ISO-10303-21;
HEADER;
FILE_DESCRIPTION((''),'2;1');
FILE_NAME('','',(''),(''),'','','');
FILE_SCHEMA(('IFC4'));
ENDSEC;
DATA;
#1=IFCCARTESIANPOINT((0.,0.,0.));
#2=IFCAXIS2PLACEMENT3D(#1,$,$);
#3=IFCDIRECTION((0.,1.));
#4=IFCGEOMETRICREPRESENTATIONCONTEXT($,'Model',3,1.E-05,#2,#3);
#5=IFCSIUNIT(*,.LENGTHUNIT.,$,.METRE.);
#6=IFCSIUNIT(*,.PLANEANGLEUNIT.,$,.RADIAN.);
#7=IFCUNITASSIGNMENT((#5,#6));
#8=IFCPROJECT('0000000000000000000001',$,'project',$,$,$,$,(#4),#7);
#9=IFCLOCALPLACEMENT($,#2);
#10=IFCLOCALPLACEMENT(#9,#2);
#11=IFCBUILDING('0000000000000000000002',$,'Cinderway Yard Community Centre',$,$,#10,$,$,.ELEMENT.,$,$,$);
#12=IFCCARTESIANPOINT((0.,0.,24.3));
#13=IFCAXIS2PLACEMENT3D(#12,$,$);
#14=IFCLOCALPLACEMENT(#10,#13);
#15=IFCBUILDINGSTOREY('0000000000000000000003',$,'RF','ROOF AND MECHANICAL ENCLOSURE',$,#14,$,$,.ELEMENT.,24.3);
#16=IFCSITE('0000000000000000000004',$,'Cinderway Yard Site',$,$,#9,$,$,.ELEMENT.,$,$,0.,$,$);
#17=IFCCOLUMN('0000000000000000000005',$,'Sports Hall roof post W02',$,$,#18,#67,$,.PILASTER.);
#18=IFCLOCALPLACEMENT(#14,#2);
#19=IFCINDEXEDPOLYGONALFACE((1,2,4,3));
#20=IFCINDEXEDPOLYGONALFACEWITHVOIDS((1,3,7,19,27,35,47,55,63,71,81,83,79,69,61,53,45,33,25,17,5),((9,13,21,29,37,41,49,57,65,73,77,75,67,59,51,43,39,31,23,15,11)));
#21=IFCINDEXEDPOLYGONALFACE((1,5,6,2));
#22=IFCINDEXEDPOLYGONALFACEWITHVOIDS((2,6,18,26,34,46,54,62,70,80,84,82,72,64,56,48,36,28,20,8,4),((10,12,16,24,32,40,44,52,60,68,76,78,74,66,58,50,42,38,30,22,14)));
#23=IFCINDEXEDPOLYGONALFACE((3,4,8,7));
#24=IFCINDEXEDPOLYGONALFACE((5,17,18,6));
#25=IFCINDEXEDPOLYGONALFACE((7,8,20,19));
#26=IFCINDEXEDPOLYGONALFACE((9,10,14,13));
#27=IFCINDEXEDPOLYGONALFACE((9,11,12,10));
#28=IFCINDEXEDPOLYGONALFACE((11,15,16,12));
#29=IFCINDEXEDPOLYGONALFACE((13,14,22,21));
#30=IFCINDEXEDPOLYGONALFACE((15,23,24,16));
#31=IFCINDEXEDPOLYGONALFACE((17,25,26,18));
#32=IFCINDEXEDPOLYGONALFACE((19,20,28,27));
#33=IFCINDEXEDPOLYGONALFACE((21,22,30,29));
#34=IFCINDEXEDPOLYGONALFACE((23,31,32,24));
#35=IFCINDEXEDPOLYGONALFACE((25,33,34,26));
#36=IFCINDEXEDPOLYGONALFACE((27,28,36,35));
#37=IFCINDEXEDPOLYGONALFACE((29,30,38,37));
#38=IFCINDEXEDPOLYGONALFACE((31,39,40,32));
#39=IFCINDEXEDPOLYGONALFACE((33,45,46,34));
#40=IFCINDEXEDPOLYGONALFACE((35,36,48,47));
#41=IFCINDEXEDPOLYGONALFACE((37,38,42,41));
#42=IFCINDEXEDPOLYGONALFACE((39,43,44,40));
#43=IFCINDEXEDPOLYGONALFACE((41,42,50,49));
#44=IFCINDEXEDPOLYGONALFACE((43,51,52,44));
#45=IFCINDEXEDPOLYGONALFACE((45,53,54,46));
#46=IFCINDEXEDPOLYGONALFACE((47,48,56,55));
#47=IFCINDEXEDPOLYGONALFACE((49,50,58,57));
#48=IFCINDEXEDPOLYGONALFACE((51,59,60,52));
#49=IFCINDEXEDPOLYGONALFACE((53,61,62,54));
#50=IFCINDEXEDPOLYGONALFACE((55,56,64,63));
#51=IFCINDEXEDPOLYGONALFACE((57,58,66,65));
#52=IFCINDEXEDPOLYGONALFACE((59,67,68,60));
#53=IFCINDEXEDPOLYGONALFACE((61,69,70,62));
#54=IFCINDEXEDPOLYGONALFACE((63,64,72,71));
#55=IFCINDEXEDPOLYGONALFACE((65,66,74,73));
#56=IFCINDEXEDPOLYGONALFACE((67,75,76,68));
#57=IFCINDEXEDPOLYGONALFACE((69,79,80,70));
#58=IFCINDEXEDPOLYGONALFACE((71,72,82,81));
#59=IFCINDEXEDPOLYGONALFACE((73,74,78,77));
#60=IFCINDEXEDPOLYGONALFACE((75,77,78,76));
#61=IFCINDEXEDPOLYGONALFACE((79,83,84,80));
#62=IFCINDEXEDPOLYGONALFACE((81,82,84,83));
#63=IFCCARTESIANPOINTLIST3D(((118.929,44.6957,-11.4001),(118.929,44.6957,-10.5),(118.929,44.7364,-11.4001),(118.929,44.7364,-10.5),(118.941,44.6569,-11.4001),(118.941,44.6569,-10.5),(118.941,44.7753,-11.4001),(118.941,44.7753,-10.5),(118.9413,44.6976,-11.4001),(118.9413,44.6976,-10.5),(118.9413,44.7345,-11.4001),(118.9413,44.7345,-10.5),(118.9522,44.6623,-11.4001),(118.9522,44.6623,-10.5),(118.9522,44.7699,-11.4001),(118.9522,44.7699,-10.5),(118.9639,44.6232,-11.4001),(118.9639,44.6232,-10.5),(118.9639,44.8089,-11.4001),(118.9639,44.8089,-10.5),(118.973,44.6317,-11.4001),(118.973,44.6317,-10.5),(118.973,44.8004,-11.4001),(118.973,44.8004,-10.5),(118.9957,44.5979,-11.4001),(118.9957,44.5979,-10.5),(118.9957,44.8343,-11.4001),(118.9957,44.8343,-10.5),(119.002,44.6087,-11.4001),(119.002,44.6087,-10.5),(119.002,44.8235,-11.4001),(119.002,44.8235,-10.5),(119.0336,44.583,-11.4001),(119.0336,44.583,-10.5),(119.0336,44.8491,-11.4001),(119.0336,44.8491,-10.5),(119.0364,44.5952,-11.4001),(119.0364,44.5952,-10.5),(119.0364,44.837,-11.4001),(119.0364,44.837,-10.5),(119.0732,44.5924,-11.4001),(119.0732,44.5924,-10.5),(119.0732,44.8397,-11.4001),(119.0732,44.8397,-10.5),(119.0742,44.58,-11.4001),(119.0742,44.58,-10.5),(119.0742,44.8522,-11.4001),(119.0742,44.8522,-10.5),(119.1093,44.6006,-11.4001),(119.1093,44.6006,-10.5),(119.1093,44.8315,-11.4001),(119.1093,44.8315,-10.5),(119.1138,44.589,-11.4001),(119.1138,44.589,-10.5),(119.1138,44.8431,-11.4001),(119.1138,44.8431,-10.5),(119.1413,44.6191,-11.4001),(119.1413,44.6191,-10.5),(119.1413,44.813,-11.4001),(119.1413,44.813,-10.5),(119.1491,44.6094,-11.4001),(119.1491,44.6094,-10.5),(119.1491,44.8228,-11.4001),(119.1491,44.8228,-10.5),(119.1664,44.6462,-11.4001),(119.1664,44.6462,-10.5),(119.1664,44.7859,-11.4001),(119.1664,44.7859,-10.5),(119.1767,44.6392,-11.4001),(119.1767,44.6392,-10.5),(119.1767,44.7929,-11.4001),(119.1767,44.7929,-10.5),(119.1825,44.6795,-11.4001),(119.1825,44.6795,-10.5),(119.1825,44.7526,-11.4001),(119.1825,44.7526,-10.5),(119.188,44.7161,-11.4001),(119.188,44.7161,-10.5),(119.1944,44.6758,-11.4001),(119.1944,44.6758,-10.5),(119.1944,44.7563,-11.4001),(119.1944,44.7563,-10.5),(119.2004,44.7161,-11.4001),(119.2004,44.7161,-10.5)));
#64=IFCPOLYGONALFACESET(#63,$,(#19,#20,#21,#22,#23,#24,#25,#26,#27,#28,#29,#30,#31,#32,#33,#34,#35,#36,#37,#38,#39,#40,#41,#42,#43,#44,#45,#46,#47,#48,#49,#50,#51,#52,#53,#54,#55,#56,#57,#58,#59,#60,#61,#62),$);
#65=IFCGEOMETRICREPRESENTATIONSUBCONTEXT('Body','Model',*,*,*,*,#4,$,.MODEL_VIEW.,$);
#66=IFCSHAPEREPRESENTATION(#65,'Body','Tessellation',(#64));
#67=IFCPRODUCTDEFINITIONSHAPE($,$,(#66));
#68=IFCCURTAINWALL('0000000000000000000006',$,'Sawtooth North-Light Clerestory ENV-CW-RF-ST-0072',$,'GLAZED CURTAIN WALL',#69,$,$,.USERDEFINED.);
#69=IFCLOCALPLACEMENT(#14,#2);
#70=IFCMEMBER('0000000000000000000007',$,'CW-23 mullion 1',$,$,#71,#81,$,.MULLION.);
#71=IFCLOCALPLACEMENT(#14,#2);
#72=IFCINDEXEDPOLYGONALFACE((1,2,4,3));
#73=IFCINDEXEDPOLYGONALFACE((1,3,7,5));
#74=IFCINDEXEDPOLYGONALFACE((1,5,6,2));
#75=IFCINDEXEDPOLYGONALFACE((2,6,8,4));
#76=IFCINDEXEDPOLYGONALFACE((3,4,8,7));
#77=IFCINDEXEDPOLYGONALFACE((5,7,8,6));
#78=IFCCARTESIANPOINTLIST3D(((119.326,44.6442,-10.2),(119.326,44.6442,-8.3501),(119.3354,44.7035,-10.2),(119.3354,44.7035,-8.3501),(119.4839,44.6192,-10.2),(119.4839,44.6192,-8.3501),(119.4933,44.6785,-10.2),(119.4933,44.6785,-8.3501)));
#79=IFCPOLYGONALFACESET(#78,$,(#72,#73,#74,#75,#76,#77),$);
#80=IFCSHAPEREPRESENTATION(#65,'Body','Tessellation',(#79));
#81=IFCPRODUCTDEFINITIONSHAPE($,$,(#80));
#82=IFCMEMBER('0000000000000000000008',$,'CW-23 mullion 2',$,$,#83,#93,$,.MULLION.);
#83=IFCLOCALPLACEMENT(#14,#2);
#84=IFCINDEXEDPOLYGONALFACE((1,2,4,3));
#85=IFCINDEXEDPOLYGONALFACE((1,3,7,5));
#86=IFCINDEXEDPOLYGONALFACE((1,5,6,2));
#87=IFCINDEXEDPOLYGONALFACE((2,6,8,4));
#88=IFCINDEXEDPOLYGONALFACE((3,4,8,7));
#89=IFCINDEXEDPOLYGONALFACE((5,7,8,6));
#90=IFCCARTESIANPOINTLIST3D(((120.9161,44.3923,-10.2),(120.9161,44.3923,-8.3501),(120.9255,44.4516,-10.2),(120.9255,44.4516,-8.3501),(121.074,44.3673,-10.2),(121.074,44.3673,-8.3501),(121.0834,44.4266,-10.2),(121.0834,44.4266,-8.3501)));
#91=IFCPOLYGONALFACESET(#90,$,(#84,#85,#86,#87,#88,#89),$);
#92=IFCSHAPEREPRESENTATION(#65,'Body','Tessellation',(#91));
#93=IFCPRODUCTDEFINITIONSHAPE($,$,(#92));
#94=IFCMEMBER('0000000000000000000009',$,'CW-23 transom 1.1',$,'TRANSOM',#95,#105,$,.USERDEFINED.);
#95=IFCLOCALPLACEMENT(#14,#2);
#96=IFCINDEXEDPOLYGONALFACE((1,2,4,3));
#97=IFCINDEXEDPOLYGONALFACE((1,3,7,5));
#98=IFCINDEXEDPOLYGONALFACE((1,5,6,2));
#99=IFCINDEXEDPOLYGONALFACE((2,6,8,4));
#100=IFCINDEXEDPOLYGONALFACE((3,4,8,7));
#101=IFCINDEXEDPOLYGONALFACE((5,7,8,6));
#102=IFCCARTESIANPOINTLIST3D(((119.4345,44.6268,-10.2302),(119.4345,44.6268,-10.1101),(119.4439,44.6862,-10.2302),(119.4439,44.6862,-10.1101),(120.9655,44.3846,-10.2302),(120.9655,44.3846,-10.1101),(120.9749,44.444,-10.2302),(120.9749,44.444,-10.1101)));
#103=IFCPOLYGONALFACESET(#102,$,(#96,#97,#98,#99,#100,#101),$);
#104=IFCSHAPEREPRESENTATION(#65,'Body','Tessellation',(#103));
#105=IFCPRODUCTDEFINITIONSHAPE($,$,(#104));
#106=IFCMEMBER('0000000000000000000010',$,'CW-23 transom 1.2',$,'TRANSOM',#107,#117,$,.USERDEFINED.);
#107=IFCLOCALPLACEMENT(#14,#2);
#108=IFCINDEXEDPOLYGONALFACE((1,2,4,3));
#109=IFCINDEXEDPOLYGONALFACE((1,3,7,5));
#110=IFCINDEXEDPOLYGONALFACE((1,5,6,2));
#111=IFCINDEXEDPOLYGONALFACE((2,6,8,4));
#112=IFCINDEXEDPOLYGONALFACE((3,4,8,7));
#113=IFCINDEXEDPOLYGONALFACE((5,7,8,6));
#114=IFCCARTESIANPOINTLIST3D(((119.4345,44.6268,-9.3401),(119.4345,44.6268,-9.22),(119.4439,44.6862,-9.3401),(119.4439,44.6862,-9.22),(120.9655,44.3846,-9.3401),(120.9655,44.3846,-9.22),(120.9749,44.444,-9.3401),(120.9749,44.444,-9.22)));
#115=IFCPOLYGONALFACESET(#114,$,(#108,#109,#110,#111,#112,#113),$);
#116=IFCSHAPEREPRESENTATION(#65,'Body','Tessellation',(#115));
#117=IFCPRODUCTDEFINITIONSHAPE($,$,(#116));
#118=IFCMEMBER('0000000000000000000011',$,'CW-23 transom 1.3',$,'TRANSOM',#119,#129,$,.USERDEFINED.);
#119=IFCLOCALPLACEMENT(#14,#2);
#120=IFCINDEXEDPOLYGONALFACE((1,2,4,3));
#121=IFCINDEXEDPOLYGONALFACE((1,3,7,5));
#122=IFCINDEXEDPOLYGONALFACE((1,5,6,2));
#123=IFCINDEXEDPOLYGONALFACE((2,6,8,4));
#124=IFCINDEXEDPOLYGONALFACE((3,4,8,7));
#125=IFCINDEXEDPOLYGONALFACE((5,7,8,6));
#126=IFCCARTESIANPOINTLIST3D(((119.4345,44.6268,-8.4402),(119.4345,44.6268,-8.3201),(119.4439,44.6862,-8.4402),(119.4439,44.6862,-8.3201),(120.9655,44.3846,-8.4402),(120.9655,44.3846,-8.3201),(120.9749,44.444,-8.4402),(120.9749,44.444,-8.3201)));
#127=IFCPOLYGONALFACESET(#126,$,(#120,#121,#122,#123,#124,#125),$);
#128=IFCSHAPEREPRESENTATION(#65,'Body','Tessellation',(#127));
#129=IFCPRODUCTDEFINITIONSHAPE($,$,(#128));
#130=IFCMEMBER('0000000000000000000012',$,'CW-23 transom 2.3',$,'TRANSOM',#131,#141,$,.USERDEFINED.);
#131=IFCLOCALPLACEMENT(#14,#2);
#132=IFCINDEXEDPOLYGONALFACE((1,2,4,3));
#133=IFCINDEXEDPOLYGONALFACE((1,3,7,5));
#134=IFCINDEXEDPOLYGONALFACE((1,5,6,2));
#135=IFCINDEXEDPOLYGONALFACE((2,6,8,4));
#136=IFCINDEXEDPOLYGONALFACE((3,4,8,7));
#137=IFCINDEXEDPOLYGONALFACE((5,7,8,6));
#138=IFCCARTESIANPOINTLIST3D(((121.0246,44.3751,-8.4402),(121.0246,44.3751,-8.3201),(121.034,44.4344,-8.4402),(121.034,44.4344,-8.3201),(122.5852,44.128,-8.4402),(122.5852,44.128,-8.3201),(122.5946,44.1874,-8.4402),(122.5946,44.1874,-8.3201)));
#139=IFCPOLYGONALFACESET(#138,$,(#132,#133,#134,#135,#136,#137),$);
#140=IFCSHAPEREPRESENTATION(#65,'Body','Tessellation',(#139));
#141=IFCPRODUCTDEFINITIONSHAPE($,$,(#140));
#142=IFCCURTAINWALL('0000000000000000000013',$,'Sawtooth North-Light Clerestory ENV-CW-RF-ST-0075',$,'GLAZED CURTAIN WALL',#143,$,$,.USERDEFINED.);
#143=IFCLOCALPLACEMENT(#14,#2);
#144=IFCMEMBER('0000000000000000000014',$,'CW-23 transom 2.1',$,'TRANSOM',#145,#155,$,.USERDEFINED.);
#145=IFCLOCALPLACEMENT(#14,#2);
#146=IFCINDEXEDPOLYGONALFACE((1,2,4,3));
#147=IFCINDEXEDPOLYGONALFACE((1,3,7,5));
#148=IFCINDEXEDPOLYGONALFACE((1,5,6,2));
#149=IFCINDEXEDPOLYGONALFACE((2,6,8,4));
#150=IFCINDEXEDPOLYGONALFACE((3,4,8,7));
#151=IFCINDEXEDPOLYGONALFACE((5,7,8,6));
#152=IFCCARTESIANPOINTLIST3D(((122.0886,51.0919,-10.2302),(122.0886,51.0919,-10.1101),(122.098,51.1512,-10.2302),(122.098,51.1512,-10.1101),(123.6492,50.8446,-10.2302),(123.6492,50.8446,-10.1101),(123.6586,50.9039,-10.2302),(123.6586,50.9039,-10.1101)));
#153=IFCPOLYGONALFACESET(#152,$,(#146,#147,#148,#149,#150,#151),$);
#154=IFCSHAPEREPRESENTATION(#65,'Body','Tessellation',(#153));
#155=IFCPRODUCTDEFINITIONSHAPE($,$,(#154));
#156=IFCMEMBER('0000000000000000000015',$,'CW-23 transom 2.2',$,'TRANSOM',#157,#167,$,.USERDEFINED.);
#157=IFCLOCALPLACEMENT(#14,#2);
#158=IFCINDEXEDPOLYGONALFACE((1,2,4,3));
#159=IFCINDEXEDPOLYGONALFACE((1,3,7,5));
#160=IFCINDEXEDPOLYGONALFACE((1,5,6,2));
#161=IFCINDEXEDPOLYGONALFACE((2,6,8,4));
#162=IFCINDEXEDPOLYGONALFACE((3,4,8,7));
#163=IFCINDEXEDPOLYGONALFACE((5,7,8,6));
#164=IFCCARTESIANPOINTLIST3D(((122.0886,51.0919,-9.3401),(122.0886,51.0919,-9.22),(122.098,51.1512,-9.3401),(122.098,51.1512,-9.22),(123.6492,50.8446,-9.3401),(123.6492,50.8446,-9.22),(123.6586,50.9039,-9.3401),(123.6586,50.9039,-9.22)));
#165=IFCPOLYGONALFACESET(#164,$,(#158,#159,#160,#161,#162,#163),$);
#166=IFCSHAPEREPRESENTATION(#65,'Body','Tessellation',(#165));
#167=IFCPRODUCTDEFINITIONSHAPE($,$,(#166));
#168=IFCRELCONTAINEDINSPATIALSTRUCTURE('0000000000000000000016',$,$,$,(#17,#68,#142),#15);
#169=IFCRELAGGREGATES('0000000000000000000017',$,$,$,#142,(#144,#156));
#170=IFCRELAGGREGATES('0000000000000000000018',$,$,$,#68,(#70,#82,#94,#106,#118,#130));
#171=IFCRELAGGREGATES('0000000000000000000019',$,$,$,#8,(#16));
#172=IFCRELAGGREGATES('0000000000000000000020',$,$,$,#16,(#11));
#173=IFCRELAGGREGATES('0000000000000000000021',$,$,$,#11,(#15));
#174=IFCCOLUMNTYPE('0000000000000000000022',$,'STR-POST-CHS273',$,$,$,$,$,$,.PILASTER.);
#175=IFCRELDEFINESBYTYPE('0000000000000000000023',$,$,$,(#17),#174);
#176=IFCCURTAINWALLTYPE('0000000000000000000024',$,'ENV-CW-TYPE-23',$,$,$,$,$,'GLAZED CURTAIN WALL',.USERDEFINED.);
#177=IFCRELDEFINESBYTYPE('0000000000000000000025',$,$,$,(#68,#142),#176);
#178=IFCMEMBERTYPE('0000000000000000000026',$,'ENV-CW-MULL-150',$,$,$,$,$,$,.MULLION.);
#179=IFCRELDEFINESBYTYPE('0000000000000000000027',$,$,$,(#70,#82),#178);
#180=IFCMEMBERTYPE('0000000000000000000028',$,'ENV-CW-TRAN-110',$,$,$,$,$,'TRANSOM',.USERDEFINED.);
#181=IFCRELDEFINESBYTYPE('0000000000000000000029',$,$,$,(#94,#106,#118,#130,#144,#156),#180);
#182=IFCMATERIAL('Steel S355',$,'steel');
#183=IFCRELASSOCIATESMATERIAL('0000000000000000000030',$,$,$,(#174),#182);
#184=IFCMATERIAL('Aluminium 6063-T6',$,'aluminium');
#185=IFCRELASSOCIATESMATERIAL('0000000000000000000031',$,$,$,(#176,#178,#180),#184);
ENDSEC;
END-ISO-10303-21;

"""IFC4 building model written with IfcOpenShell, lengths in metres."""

from ifc_helpers import new_model, si_unit, direction, frame, origin, origin_2d, place, context, subcontext, project, spatial, rectangle, hollow_circle, extrude, material, material_profile, profile_set, type_object, element, aggregate, save


model = new_model("IFC4")

# Units and contexts
model_context = context("Model", 3, precision=1e-05, world=origin(), true_north=direction((0.0, 1.0)))
body_context = subcontext(model_context, "Body", "Model", "MODEL_VIEW")
ifc_project = project(units=[si_unit("LENGTHUNIT", "METRE"), si_unit("PLANEANGLEUNIT", "RADIAN")], contexts=[model_context])

# Site, building, storey
site_placement = place(None, origin())
site = spatial("IfcSite", under=ifc_project, at=site_placement, Name="Cinderway Yard Site", CompositionType="ELEMENT", RefElevation=0.0)
building_placement = place(site_placement, origin())
building = spatial("IfcBuilding", under=site, at=building_placement, Name="Cinderway Yard Community Centre", CompositionType="ELEMENT")
storey_placement = place(building_placement, frame((0.0, 0.0, 24.3)))
storey = spatial("IfcBuildingStorey", under=building, at=storey_placement, Name="RF", Description="ROOF AND MECHANICAL ENCLOSURE", CompositionType="ELEMENT", Elevation=24.3)

# Column
ifc_material_1 = material(Name="Steel S355", Category="steel")
ifc_material_profile_1 = material_profile(ifc_material_1, hollow_circle(Radius=0.1365, WallThickness=0.0125, at=origin_2d()), Name="Steel S355")
ifc_profile_set_1 = profile_set([ifc_material_profile_1], Name="Steel S355")
column_type = type_object("IfcColumnType", Name="STR-POST-CHS273", PredefinedType="PILASTER", material=ifc_profile_set_1)
column_placement = place(storey_placement, frame((119.064, 44.7161, -11.4001), z_axis=(0.0, 0.0, 1.0), x_axis=(1.0, 0.0, 0.0)))
element("IfcColumn", 1, at=column_placement, inside=storey, type_object=column_type, Name="Sports Hall roof post W02", PredefinedType="PILASTER", context=body_context, shape_type="SweptSolid", body=[
    extrude(hollow_circle(Radius=0.1365, WallThickness=0.0125, at=origin_2d()), origin(), (0.0, 0.0, 1.0), 0.9001),
])

# Curtain walls, members
ifc_material_2 = material(Name="Aluminium 6063-T6", Category="aluminium")
curtain_wall_type = type_object("IfcCurtainWallType", Name="ENV-CW-TYPE-23", ElementType="GLAZED CURTAIN WALL", PredefinedType="USERDEFINED", material=ifc_material_2)
curtain_wall_1_placement = place(storey_placement, origin())
curtain_wall_1 = element("IfcCurtainWall", 2, at=curtain_wall_1_placement, inside=storey, type_object=curtain_wall_type, Name="Sawtooth North-Light Clerestory ENV-CW-RF-ST-0072", ObjectType="GLAZED CURTAIN WALL", PredefinedType="USERDEFINED")
ifc_material_profile_2 = material_profile(ifc_material_2, rectangle(XDim=0.0601, YDim=0.1599, at=origin_2d()), Name="Aluminium 6063-T6")
ifc_profile_set_2 = profile_set([ifc_material_profile_2], Name="Aluminium 6063-T6")
member_type_1 = type_object("IfcMemberType", Name="ENV-CW-MULL-150", PredefinedType="MULLION", material=ifc_profile_set_2)
member_1_placement = place(storey_placement, frame((119.4097, 44.6614, -10.2), z_axis=(0.0, 0.0, 1.0), x_axis=(0.156409, 0.987692, 0.0)))
member_1 = element("IfcMember", 3, at=member_1_placement, type_object=member_type_1, Name="CW-23 mullion 1", PredefinedType="MULLION", context=body_context, shape_type="SweptSolid", body=[
    extrude(rectangle(XDim=0.0601, YDim=0.1599, at=origin_2d()), origin(), (0.0, 0.0, 1.0), 1.8499),
])
member_2_placement = place(storey_placement, frame((120.9998, 44.4094, -10.2), z_axis=(0.0, 0.0, 1.0), x_axis=(0.156409, 0.987692, 0.0)))
member_2 = element("IfcMember", 4, at=member_2_placement, type_object=member_type_1, Name="CW-23 mullion 2", PredefinedType="MULLION", context=body_context, shape_type="SweptSolid", body=[
    extrude(rectangle(XDim=0.0601, YDim=0.1599, at=origin_2d()), origin(), (0.0, 0.0, 1.0), 1.8499),
])
ifc_material_profile_3 = material_profile(ifc_material_2, rectangle(XDim=0.0601, YDim=0.1201, at=origin_2d()), Name="Aluminium 6063-T6")
ifc_profile_set_3 = profile_set([ifc_material_profile_3], Name="Aluminium 6063-T6")
member_type_2 = type_object("IfcMemberType", Name="ENV-CW-TRAN-110", ElementType="TRANSOM", PredefinedType="USERDEFINED", material=ifc_profile_set_3)
member_3_placement = place(storey_placement, frame((119.4392, 44.6565, -10.1702), z_axis=(0.987718, -0.156246, 0.0), x_axis=(0.156246, 0.987718, 0.0)))
member_3 = element("IfcMember", 5, at=member_3_placement, type_object=member_type_2, Name="CW-23 transom 1.1", ObjectType="TRANSOM", PredefinedType="USERDEFINED", context=body_context, shape_type="SweptSolid", body=[
    extrude(rectangle(XDim=0.0601, YDim=0.1201, at=origin_2d()), origin(), (0.0, 0.0, 1.0), 1.55),
])
member_4_placement = place(storey_placement, frame((119.4392, 44.6565, -9.28), z_axis=(0.987718, -0.156246, 0.0), x_axis=(0.156246, 0.987718, 0.0)))
member_4 = element("IfcMember", 6, at=member_4_placement, type_object=member_type_2, Name="CW-23 transom 1.2", ObjectType="TRANSOM", PredefinedType="USERDEFINED", context=body_context, shape_type="SweptSolid", body=[
    extrude(rectangle(XDim=0.0601, YDim=0.1201, at=origin_2d()), origin(), (0.0, 0.0, 1.0), 1.55),
])
member_5_placement = place(storey_placement, frame((119.4392, 44.6565, -8.3801), z_axis=(0.987718, -0.156246, 0.0), x_axis=(0.156246, 0.987718, 0.0)))
member_5 = element("IfcMember", 7, at=member_5_placement, type_object=member_type_2, Name="CW-23 transom 1.3", ObjectType="TRANSOM", PredefinedType="USERDEFINED", context=body_context, shape_type="SweptSolid", body=[
    extrude(rectangle(XDim=0.0601, YDim=0.1201, at=origin_2d()), origin(), (0.0, 0.0, 1.0), 1.55),
])
member_6_placement = place(storey_placement, frame((121.0293, 44.4048, -8.3801), z_axis=(0.987698, -0.156375, 0.0), x_axis=(0.156375, 0.987698, 0.0)))
member_6 = element("IfcMember", 8, at=member_6_placement, type_object=member_type_2, Name="CW-23 transom 2.3", ObjectType="TRANSOM", PredefinedType="USERDEFINED", context=body_context, shape_type="SweptSolid", body=[
    extrude(rectangle(XDim=0.0601, YDim=0.1201, at=origin_2d()), origin(), (0.0, 0.0, 1.0), 1.5801),
])
curtain_wall_2_placement = place(storey_placement, origin())
curtain_wall_2 = element("IfcCurtainWall", 9, at=curtain_wall_2_placement, inside=storey, type_object=curtain_wall_type, Name="Sawtooth North-Light Clerestory ENV-CW-RF-ST-0075", ObjectType="GLAZED CURTAIN WALL", PredefinedType="USERDEFINED")
member_7_placement = place(storey_placement, frame((122.0933, 51.1216, -10.1702), z_axis=(0.987674, -0.156526, 0.0), x_axis=(0.156526, 0.987674, 0.0)))
member_7 = element("IfcMember", 10, at=member_7_placement, type_object=member_type_2, Name="CW-23 transom 2.1", ObjectType="TRANSOM", PredefinedType="USERDEFINED", context=body_context, shape_type="SweptSolid", body=[
    extrude(rectangle(XDim=0.0601, YDim=0.1201, at=origin_2d()), origin(), (0.0, 0.0, 1.0), 1.5801),
])
member_8_placement = place(storey_placement, frame((122.0933, 51.1216, -9.28), z_axis=(0.987674, -0.156526, 0.0), x_axis=(0.156526, 0.987674, 0.0)))
member_8 = element("IfcMember", 11, at=member_8_placement, type_object=member_type_2, Name="CW-23 transom 2.2", ObjectType="TRANSOM", PredefinedType="USERDEFINED", context=body_context, shape_type="SweptSolid", body=[
    extrude(rectangle(XDim=0.0601, YDim=0.1201, at=origin_2d()), origin(), (0.0, 0.0, 1.0), 1.5801),
])
aggregate(curtain_wall_2, [member_7, member_8])

aggregate(curtain_wall_1, [member_1, member_2, member_3, member_4, member_5, member_6])

save(model, "model.ifc")
